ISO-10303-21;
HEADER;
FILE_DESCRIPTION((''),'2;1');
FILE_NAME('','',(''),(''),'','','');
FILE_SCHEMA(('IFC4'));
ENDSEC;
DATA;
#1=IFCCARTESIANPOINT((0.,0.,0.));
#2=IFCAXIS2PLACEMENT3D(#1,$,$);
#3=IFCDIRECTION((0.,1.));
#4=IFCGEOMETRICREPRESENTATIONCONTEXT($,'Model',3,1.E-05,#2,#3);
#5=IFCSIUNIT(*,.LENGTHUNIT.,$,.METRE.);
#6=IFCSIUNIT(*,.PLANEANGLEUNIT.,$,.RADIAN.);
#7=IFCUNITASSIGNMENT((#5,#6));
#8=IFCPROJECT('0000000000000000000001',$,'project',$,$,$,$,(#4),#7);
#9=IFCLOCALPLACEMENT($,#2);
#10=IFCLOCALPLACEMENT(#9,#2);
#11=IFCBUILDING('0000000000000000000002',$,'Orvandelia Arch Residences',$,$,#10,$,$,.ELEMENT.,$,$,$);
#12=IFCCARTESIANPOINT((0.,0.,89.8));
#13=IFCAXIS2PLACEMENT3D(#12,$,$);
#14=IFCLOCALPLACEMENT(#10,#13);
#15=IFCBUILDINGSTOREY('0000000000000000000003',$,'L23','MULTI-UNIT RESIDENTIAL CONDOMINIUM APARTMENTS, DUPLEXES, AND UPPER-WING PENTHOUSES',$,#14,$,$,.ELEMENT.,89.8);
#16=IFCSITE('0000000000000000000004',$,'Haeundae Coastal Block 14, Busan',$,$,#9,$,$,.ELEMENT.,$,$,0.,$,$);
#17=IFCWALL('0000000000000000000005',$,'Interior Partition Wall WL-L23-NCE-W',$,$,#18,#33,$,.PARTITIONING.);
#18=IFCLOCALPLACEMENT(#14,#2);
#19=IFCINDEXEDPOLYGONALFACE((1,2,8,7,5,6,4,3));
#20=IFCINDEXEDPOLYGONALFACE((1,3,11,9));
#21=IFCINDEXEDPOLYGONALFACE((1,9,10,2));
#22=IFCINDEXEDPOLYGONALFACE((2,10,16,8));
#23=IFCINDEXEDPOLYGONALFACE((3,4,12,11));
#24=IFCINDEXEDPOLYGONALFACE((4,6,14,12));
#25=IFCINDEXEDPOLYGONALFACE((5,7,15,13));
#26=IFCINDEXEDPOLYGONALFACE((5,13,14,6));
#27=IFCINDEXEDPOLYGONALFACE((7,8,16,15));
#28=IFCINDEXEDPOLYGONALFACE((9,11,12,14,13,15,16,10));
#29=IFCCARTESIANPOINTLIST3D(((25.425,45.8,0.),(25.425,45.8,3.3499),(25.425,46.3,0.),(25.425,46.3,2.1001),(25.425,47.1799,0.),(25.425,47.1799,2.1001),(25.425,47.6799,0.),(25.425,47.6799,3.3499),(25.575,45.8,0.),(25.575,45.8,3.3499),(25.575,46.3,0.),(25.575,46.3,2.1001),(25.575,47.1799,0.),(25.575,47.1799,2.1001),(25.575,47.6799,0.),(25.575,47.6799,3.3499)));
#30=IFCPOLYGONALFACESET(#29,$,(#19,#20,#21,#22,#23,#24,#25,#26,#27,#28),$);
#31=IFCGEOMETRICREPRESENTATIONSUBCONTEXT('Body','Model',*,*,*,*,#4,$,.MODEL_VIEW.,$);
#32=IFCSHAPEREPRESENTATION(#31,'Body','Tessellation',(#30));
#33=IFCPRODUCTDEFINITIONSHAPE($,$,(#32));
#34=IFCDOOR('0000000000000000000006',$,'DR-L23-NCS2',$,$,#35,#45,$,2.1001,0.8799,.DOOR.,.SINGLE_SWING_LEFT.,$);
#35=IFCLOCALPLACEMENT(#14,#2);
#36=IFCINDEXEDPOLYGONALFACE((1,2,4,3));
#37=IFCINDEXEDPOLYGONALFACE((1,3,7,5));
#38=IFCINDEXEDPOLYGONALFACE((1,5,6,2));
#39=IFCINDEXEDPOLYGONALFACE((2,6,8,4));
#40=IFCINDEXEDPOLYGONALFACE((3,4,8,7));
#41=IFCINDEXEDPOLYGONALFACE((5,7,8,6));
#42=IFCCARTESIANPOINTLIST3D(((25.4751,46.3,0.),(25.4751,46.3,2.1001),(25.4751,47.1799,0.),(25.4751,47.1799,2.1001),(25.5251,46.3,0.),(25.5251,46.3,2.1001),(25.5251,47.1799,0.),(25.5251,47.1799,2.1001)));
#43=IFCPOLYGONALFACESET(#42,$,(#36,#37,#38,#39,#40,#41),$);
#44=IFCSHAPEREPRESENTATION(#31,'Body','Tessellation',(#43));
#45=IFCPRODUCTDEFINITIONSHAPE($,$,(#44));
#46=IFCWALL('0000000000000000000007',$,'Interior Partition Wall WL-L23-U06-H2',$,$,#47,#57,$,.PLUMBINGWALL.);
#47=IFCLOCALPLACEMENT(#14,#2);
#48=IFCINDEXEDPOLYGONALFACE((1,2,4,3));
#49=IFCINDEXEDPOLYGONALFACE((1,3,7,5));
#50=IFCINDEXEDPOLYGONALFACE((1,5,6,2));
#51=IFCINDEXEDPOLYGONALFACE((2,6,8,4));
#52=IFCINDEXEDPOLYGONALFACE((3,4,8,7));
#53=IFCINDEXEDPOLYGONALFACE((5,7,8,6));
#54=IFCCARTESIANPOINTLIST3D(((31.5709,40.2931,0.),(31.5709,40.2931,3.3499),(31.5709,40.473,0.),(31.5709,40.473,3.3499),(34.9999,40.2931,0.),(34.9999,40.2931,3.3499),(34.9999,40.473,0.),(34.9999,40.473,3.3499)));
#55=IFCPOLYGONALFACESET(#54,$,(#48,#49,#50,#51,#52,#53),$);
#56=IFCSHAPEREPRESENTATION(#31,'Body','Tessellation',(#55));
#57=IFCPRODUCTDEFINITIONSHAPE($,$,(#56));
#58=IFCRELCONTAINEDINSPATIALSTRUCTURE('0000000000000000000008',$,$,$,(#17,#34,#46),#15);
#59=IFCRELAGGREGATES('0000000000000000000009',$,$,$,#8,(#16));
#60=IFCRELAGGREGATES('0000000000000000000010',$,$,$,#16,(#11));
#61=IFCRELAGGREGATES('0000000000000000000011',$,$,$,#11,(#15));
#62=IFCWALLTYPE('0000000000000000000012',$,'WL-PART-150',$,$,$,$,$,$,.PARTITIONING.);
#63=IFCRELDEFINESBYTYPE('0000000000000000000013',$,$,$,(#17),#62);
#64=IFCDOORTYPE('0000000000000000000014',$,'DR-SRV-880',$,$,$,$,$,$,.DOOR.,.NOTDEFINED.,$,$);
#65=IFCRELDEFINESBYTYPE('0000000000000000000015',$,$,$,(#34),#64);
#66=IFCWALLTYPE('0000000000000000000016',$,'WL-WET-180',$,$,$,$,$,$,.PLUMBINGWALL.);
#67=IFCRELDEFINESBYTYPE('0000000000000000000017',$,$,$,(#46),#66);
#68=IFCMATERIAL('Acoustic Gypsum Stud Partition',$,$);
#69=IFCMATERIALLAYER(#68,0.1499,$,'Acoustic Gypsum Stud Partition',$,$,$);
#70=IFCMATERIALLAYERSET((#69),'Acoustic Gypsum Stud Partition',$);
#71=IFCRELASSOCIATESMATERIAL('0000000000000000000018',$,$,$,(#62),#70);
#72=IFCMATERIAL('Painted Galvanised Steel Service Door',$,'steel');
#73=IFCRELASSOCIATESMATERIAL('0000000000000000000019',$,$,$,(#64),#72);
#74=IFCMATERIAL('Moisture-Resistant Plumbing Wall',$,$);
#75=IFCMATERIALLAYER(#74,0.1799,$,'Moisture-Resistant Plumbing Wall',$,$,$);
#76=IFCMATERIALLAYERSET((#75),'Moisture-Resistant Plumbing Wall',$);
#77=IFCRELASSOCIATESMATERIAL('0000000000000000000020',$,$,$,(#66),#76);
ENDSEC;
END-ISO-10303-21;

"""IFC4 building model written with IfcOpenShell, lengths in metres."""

from ifc_helpers import new_model, si_unit, direction, frame, frame_2d, origin, place, context, subcontext, project, spatial, rectangle, extrude, material, layer, layer_set, type_object, element, fill, save


model = new_model("IFC4")

# Units and contexts
model_context = context("Model", 3, precision=1e-05, world=origin(), true_north=direction((0.0, 1.0)))
body_context = subcontext(model_context, "Body", "Model", "MODEL_VIEW")
ifc_project = project(units=[si_unit("LENGTHUNIT", "METRE"), si_unit("PLANEANGLEUNIT", "RADIAN")], contexts=[model_context])

# Site, building, storey
site_placement = place(None, origin())
site = spatial("IfcSite", under=ifc_project, at=site_placement, Name="Haeundae Coastal Block 14, Busan", CompositionType="ELEMENT", RefElevation=0.0)
building_placement = place(site_placement, origin())
building = spatial("IfcBuilding", under=site, at=building_placement, Name="Orvandelia Arch Residences", CompositionType="ELEMENT")
storey_placement = place(building_placement, frame((0.0, 0.0, 89.8)))
storey = spatial("IfcBuildingStorey", under=building, at=storey_placement, Name="L23", Description="MULTI-UNIT RESIDENTIAL CONDOMINIUM APARTMENTS, DUPLEXES, AND UPPER-WING PENTHOUSES", CompositionType="ELEMENT", Elevation=89.8)

# Wall, opening, door
ifc_material_1 = material(Name="Acoustic Gypsum Stud Partition")
ifc_layer_1 = layer(ifc_material_1, 0.1499, Name="Acoustic Gypsum Stud Partition")
ifc_layer_set_1 = layer_set([ifc_layer_1], Name="Acoustic Gypsum Stud Partition")
wall_type_1 = type_object("IfcWallType", Name="WL-PART-150", PredefinedType="PARTITIONING", material=ifc_layer_set_1)
wall_1_placement = place(storey_placement, frame((25.5, 45.8, 0.0), z_axis=(0.0, 0.0, 1.0), x_axis=(0.0, 1.0, 0.0)))
wall_1 = element("IfcWall", 1, at=wall_1_placement, inside=storey, type_object=wall_type_1, Name="Interior Partition Wall WL-L23-NCE-W", PredefinedType="PARTITIONING", context=body_context, shape_type="SweptSolid", body=[
    extrude(rectangle(XDim=1.8799, YDim=0.1499, at=frame_2d((0.9399, 0.0))), origin(), (0.0, 0.0, 1.0), 3.3499),
])
opening_1_placement = place(wall_1_placement, frame((0.5, 0.0, 0.0)))
opening_1 = element("IfcOpeningElement", 2, at=opening_1_placement, cuts=wall_1, PredefinedType="OPENING", context=body_context, shape_type="SweptSolid", body=[
    extrude(rectangle(XDim=0.8799, YDim=2.1001, at=frame_2d((0.4399, 1.05))), frame((0.0, 0.085, 0.0), z_axis=(0.0, -1.0, 0.0), x_axis=(1.0, 0.0, 0.0)), (0.0, 0.0, 1.0), 0.1699),
])
ifc_material_2 = material(Name="Painted Galvanised Steel Service Door", Category="steel")
door_type_1 = type_object("IfcDoorType", Name="DR-SRV-880", OperationType="NOTDEFINED", PredefinedType="DOOR", material=ifc_material_2)
door_1_placement = place(opening_1_placement, origin())
door_1 = element("IfcDoor", 3, at=door_1_placement, inside=storey, type_object=door_type_1, Name="DR-L23-NCS2", OperationType="SINGLE_SWING_LEFT", OverallHeight=2.1001, OverallWidth=0.8799, PredefinedType="DOOR", context=body_context, shape_type="SweptSolid", body=[
    extrude(rectangle(XDim=0.8799, YDim=2.1001, at=frame_2d((0.4399, 1.05))), frame((0.0, 0.0249, 0.0), z_axis=(0.0, -1.0, 0.0), x_axis=(1.0, 0.0, 0.0)), (0.0, 0.0, 1.0), 0.05),
])
fill(opening_1, door_1)

# Wall
ifc_material_3 = material(Name="Moisture-Resistant Plumbing Wall")
ifc_layer_2 = layer(ifc_material_3, 0.1799, Name="Moisture-Resistant Plumbing Wall")
ifc_layer_set_2 = layer_set([ifc_layer_2], Name="Moisture-Resistant Plumbing Wall")
wall_type_2 = type_object("IfcWallType", Name="WL-WET-180", PredefinedType="PLUMBINGWALL", material=ifc_layer_set_2)
wall_2_placement = place(storey_placement, frame((31.571, 40.3831, 0.0), z_axis=(0.0, 0.0, 1.0), x_axis=(1.0, 0.0, 0.0)))
element("IfcWall", 4, at=wall_2_placement, inside=storey, type_object=wall_type_2, Name="Interior Partition Wall WL-L23-U06-H2", PredefinedType="PLUMBINGWALL", context=body_context, shape_type="SweptSolid", body=[
    extrude(rectangle(XDim=3.429, YDim=0.1799, at=frame_2d((1.7144, 0.0))), origin(), (0.0, 0.0, 1.0), 3.3499),
])

save(model, "model.ifc")
